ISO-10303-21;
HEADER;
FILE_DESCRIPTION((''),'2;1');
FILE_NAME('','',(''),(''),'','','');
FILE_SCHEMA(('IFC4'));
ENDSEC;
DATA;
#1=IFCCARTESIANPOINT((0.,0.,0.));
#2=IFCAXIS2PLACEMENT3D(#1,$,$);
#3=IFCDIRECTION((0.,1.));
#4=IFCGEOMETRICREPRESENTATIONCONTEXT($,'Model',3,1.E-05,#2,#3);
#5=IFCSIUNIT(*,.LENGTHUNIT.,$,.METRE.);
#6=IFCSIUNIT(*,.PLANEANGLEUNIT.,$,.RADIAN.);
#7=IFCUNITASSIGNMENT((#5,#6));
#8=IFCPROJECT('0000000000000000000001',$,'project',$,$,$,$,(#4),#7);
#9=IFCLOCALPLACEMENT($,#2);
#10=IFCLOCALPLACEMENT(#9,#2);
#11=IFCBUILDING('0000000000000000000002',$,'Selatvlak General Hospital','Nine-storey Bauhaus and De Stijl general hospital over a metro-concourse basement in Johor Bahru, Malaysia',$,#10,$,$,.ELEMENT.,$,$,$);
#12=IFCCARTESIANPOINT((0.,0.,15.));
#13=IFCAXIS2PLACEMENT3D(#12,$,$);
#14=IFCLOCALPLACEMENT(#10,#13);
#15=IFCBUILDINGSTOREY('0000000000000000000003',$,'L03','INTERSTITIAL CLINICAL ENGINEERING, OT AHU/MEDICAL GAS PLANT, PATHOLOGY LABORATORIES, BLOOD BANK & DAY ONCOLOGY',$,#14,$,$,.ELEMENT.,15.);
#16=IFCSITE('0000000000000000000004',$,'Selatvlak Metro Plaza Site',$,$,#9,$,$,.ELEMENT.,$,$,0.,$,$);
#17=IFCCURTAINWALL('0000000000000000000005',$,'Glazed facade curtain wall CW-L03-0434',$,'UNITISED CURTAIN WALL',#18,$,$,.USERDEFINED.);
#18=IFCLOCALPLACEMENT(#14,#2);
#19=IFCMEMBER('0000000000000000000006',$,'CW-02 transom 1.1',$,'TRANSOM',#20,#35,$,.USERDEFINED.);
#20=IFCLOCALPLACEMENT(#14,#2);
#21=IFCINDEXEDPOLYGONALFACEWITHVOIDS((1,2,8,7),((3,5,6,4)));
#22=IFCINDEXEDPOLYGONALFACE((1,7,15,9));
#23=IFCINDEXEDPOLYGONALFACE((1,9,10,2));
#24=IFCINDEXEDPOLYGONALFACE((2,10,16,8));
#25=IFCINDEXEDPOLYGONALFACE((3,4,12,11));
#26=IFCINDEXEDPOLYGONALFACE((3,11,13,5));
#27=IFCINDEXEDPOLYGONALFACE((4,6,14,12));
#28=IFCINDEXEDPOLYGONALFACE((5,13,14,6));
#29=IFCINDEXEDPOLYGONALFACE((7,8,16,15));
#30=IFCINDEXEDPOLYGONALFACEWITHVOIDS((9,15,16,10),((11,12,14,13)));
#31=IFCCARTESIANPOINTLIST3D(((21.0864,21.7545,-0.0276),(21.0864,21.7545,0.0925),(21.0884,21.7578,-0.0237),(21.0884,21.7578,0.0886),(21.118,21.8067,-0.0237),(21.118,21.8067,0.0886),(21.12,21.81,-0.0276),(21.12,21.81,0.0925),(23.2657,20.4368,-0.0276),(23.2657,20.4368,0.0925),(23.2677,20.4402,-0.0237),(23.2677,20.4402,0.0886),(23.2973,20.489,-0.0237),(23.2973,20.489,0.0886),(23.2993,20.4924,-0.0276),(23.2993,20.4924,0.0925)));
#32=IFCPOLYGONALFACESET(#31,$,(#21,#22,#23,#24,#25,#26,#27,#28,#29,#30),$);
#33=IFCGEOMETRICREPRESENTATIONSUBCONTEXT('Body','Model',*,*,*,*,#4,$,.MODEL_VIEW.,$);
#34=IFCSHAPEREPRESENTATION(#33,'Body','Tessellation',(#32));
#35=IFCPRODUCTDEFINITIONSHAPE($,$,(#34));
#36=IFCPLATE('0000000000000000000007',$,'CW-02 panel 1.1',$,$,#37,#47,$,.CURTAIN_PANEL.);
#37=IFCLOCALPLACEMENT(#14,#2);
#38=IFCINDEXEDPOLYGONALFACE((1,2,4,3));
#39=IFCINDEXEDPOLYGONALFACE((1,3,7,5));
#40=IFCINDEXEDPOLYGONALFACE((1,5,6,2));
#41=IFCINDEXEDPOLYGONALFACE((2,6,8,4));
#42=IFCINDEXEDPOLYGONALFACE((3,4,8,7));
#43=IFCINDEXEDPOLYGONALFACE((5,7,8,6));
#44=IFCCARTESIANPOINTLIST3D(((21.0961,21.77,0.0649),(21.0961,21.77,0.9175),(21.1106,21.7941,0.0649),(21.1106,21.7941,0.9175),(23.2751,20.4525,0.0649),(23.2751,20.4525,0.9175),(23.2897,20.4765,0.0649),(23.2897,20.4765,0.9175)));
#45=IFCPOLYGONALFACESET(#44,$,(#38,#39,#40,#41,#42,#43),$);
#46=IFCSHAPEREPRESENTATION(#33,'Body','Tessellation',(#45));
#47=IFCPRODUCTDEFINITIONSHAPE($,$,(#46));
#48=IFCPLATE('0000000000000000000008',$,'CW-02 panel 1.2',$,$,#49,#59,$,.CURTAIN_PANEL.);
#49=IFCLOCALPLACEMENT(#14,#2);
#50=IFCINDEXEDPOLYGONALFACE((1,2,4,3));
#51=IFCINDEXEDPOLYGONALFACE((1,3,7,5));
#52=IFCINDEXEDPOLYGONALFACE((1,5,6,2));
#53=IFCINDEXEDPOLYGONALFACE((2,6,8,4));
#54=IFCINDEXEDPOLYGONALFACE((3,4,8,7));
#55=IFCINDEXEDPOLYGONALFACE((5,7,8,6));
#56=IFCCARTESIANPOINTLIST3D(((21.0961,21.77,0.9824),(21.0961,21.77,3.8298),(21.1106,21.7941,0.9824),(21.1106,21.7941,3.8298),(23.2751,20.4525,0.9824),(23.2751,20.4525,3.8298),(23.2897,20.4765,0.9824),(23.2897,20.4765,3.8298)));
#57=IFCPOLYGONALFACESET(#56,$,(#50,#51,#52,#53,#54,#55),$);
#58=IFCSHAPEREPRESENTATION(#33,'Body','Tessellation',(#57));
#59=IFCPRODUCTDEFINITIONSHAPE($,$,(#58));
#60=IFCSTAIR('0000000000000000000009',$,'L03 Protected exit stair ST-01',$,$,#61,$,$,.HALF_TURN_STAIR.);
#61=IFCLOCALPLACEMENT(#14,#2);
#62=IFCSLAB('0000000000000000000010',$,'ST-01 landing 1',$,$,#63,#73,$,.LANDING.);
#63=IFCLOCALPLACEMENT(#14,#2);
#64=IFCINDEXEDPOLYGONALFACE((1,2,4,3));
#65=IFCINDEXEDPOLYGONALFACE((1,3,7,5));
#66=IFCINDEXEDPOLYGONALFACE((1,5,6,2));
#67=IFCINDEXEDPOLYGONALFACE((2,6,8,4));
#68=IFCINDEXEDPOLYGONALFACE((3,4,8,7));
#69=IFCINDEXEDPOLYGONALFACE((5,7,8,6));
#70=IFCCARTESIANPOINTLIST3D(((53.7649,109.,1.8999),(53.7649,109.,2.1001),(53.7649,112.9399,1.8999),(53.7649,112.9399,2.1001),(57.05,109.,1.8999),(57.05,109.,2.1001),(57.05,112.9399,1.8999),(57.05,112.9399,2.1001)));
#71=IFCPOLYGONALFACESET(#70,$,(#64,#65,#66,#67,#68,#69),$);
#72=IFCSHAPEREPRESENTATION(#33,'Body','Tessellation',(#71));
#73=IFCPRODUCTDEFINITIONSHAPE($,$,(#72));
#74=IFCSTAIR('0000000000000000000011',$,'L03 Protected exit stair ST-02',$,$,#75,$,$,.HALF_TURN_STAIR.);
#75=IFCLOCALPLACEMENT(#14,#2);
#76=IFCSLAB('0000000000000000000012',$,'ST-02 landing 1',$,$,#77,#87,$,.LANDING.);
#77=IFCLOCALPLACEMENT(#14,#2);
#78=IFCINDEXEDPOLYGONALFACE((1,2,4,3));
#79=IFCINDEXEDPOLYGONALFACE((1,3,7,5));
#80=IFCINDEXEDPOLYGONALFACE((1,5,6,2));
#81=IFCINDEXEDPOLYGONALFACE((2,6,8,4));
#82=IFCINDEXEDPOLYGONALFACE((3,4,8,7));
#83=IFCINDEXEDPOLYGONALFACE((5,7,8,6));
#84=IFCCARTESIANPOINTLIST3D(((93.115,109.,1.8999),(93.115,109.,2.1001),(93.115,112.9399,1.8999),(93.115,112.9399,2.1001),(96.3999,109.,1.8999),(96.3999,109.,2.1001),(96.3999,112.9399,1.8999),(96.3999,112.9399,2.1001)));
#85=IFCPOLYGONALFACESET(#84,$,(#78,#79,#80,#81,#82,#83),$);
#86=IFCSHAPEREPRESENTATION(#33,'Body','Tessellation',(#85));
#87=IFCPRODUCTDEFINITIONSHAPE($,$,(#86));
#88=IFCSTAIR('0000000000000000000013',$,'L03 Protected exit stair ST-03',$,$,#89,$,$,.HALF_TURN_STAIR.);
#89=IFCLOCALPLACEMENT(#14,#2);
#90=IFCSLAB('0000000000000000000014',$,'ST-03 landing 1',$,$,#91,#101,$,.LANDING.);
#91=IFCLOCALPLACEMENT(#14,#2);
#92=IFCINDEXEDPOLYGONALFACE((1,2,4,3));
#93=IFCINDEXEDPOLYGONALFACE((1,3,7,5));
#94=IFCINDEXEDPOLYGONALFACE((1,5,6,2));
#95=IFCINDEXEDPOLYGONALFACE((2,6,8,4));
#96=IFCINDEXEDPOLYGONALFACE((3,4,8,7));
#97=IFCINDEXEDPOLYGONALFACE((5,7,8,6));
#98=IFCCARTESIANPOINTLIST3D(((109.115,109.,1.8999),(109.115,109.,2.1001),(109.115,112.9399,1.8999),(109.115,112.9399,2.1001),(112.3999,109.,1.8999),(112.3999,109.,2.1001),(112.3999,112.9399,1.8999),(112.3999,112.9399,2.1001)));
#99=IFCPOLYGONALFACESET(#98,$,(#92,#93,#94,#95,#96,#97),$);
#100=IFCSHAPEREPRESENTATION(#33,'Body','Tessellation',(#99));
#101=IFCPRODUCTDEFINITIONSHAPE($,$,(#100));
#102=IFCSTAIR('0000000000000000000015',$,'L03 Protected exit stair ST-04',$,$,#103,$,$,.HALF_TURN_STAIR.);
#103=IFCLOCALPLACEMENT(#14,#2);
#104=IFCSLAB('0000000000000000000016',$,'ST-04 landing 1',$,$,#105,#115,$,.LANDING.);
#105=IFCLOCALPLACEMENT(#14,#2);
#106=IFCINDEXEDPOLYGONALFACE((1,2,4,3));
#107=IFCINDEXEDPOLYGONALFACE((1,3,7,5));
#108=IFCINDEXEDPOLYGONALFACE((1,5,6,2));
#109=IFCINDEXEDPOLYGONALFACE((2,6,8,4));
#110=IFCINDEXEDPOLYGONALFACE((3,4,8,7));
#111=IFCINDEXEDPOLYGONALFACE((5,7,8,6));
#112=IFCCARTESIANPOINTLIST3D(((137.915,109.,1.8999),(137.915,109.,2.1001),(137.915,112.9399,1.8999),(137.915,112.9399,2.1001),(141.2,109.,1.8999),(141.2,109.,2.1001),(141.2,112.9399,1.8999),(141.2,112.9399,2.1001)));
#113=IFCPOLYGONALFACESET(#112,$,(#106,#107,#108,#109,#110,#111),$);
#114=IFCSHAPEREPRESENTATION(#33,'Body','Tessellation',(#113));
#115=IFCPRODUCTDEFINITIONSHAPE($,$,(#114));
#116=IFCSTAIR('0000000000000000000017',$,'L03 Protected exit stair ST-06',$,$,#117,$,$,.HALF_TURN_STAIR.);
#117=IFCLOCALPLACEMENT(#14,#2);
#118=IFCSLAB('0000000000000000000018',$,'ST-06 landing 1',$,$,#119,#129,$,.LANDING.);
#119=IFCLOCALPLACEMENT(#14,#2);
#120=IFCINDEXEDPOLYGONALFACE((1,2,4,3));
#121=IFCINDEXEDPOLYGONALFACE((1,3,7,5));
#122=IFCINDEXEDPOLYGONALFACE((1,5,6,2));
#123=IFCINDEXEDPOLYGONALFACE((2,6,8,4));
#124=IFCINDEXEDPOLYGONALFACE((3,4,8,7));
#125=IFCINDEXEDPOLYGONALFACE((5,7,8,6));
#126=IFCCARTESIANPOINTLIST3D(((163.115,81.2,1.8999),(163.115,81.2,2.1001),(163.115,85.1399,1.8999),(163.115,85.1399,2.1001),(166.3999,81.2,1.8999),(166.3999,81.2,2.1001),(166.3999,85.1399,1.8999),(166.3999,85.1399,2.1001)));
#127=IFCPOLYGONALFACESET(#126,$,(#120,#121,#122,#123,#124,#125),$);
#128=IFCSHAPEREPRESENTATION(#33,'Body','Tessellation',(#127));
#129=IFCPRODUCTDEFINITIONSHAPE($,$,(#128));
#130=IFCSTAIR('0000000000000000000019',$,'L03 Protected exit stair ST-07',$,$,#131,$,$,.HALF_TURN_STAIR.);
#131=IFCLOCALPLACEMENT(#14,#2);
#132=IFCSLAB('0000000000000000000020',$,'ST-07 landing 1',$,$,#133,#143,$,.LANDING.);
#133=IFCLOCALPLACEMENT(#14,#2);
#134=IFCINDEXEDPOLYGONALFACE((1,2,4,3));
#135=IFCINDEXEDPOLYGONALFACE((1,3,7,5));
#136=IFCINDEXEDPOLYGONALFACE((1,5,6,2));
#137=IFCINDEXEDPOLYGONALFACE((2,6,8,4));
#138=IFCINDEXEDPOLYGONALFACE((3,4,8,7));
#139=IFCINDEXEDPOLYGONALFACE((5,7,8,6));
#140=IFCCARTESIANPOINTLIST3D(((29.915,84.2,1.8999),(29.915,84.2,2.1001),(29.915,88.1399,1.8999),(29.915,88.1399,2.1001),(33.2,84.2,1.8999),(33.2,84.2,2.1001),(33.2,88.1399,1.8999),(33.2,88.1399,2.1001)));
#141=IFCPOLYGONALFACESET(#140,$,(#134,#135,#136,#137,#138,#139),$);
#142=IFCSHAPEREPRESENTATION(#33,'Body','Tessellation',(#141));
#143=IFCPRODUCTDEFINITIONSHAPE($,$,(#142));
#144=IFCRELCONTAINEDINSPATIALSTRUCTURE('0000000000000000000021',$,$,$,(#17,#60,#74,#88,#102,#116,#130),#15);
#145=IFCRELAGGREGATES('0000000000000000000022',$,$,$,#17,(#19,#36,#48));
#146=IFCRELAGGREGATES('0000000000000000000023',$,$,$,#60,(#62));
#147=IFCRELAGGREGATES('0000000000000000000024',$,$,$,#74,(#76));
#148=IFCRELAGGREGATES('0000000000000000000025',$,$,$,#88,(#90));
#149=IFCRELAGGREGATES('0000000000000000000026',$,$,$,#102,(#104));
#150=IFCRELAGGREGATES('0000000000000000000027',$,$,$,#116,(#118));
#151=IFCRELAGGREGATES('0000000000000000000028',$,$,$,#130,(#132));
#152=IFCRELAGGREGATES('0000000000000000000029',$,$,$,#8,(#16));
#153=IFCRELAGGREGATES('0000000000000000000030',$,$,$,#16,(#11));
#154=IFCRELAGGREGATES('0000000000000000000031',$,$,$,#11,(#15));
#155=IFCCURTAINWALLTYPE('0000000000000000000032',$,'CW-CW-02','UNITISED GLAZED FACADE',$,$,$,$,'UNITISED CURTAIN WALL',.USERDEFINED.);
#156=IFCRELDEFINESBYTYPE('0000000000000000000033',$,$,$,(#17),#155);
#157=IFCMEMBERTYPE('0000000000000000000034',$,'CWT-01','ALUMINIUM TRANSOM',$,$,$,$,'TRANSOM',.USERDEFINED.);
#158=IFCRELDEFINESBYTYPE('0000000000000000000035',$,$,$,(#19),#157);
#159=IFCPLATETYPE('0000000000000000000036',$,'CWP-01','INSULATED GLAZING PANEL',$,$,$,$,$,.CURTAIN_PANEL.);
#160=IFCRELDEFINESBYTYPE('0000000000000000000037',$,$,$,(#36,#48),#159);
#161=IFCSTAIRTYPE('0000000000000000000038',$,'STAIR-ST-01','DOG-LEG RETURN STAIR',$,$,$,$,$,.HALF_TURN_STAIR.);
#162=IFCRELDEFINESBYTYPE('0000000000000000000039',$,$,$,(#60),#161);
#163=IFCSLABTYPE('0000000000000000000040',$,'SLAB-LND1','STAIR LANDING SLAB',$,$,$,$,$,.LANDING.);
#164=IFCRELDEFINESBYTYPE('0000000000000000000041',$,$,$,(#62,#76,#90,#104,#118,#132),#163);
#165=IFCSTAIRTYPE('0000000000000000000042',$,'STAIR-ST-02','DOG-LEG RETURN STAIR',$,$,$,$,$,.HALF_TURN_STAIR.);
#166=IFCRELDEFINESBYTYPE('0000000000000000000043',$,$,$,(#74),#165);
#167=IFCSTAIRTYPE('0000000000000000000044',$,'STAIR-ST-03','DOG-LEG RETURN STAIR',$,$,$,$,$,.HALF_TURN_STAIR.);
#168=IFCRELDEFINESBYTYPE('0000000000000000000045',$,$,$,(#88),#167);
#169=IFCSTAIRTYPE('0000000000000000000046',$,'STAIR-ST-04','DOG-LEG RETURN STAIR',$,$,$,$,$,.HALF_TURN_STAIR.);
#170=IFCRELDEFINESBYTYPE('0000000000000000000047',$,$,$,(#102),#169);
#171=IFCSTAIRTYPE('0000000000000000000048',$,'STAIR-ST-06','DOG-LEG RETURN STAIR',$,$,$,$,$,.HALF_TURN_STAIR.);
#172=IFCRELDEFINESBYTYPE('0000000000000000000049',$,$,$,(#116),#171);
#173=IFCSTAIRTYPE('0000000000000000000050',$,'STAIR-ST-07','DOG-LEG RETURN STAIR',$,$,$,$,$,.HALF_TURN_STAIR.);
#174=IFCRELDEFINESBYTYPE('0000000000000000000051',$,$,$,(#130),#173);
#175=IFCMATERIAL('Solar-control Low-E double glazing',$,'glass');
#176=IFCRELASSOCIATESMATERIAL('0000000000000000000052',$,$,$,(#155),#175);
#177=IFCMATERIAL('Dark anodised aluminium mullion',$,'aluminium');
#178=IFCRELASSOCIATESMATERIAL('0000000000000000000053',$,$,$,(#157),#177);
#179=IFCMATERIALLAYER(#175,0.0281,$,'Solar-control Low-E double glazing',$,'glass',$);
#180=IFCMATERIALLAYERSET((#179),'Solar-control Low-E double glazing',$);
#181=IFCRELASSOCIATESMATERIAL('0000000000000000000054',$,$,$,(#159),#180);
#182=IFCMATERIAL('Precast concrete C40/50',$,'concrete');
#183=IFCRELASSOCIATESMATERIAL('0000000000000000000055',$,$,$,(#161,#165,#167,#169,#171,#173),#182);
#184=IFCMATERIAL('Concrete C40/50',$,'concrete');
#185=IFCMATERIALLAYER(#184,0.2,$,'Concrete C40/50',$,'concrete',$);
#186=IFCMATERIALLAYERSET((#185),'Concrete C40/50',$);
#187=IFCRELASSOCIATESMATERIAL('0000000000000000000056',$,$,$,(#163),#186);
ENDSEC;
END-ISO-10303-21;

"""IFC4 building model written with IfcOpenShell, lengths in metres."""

from ifc_helpers import new_model, si_unit, direction, frame, origin, origin_2d, place, context, subcontext, project, spatial, polyline, rectangle, hollow_rectangle, outline, extrude, material, layer, layer_set, material_profile, profile_set, type_object, element, aggregate, save


model = new_model("IFC4")

# Units and contexts
model_context = context("Model", 3, precision=1e-05, world=origin(), true_north=direction((0.0, 1.0)))
body_context = subcontext(model_context, "Body", "Model", "MODEL_VIEW")
ifc_project = project(units=[si_unit("LENGTHUNIT", "METRE"), si_unit("PLANEANGLEUNIT", "RADIAN")], contexts=[model_context])

# Site, building, storey
site_placement = place(None, origin())
site = spatial("IfcSite", under=ifc_project, at=site_placement, Name="Selatvlak Metro Plaza Site", CompositionType="ELEMENT", RefElevation=0.0)
building_placement = place(site_placement, origin())
building = spatial("IfcBuilding", under=site, at=building_placement, Name="Selatvlak General Hospital", Description="Nine-storey Bauhaus and De Stijl general hospital over a metro-concourse basement in Johor Bahru, Malaysia", CompositionType="ELEMENT")
storey_placement = place(building_placement, frame((0.0, 0.0, 15.0)))
storey = spatial("IfcBuildingStorey", under=building, at=storey_placement, Name="L03", Description="INTERSTITIAL CLINICAL ENGINEERING, OT AHU/MEDICAL GAS PLANT, PATHOLOGY LABORATORIES, BLOOD BANK & DAY ONCOLOGY", CompositionType="ELEMENT", Elevation=15.0)

# Curtain wall, member, plates
ifc_material_1 = material(Name="Solar-control Low-E double glazing", Category="glass")
curtain_wall_type = type_object("IfcCurtainWallType", Name="CW-CW-02", Description="UNITISED GLAZED FACADE", ElementType="UNITISED CURTAIN WALL", PredefinedType="USERDEFINED", material=ifc_material_1)
curtain_wall_placement = place(storey_placement, origin())
curtain_wall = element("IfcCurtainWall", 1, at=curtain_wall_placement, inside=storey, type_object=curtain_wall_type, Name="Glazed facade curtain wall CW-L03-0434", ObjectType="UNITISED CURTAIN WALL", PredefinedType="USERDEFINED")
ifc_material_2 = material(Name="Dark anodised aluminium mullion", Category="aluminium")
ifc_material_profile = material_profile(ifc_material_2, hollow_rectangle(XDim=0.0649, YDim=0.1201, WallThickness=0.0039, at=origin_2d()), Name="AL-TRN 65x120x4")
ifc_profile_set = profile_set([ifc_material_profile], Name="Dark anodised aluminium mullion")
member_type = type_object("IfcMemberType", Name="CWT-01", Description="ALUMINIUM TRANSOM", ElementType="TRANSOM", PredefinedType="USERDEFINED", material=ifc_profile_set)
member_placement = place(storey_placement, frame((23.2825, 20.4646, 0.0325), z_axis=(-0.855737, 0.517411, 0.0), x_axis=(-0.517411, -0.855737, 0.0)))
member = element("IfcMember", 2, at=member_placement, type_object=member_type, Name="CW-02 transom 1.1", ObjectType="TRANSOM", PredefinedType="USERDEFINED", context=body_context, shape_type="SweptSolid", body=[
    extrude(hollow_rectangle(XDim=0.0649, YDim=0.1201, WallThickness=0.0039, at=origin_2d()), origin(), (0.0, 0.0, 1.0), 2.5466),
])
ifc_layer_1 = layer(ifc_material_1, 0.0281, Name="Solar-control Low-E double glazing", Category="glass")
ifc_layer_set_1 = layer_set([ifc_layer_1], Name="Solar-control Low-E double glazing")
plate_type = type_object("IfcPlateType", Name="CWP-01", Description="INSULATED GLAZING PANEL", PredefinedType="CURTAIN_PANEL", material=ifc_layer_set_1)
plate_1_placement = place(storey_placement, frame((22.1929, 21.1233, 0.0649), z_axis=(0.0, 0.0, 1.0), x_axis=(-0.855736, 0.517413, 0.0)))
plate_1 = element("IfcPlate", 3, at=plate_1_placement, type_object=plate_type, Name="CW-02 panel 1.1", PredefinedType="CURTAIN_PANEL", context=body_context, shape_type="SweptSolid", body=[
    extrude(rectangle(XDim=2.5464, YDim=0.0281, at=origin_2d()), origin(), (0.0, 0.0, 1.0), 0.8525),
])
plate_2_placement = place(storey_placement, frame((22.1929, 21.1233, 0.9824), z_axis=(0.0, 0.0, 1.0), x_axis=(-0.855736, 0.517413, 0.0)))
plate_2 = element("IfcPlate", 4, at=plate_2_placement, type_object=plate_type, Name="CW-02 panel 1.2", PredefinedType="CURTAIN_PANEL", context=body_context, shape_type="SweptSolid", body=[
    extrude(rectangle(XDim=2.5464, YDim=0.0281, at=origin_2d()), origin(), (0.0, 0.0, 1.0), 2.8474),
])
aggregate(curtain_wall, [member, plate_1, plate_2])

# Stairs, slabs
ifc_material_3 = material(Name="Precast concrete C40/50", Category="concrete")
stair_type_1 = type_object("IfcStairType", Name="STAIR-ST-01", Description="DOG-LEG RETURN STAIR", PredefinedType="HALF_TURN_STAIR", material=ifc_material_3)
stair_1_placement = place(storey_placement, origin())
stair_1 = element("IfcStair", 5, at=stair_1_placement, inside=storey, type_object=stair_type_1, Name="L03 Protected exit stair ST-01", PredefinedType="HALF_TURN_STAIR")
ifc_material_4 = material(Name="Concrete C40/50", Category="concrete")
ifc_layer_2 = layer(ifc_material_4, 0.2, Name="Concrete C40/50", Category="concrete")
ifc_layer_set_2 = layer_set([ifc_layer_2], Name="Concrete C40/50")
slab_type_1 = type_object("IfcSlabType", Name="SLAB-LND1", Description="STAIR LANDING SLAB", PredefinedType="LANDING", material=ifc_layer_set_2)
slab_1_placement = place(storey_placement, frame((0.0, 0.0, 1.8999)))
slab_1 = element("IfcSlab", 6, at=slab_1_placement, type_object=slab_type_1, Name="ST-01 landing 1", PredefinedType="LANDING", context=body_context, shape_type="SweptSolid", body=[
    extrude(outline(polyline([(53.7649, 109.0), (57.05, 109.0), (57.05, 112.9399), (53.7649, 112.9399), (53.7649, 109.0)])), origin(), (0.0, 0.0, 1.0), 0.2002),
])
aggregate(stair_1, [slab_1])
stair_type_2 = type_object("IfcStairType", Name="STAIR-ST-02", Description="DOG-LEG RETURN STAIR", PredefinedType="HALF_TURN_STAIR", material=ifc_material_3)
stair_2_placement = place(storey_placement, origin())
stair_2 = element("IfcStair", 7, at=stair_2_placement, inside=storey, type_object=stair_type_2, Name="L03 Protected exit stair ST-02", PredefinedType="HALF_TURN_STAIR")
slab_2_placement = place(storey_placement, frame((0.0, 0.0, 1.8999)))
slab_2 = element("IfcSlab", 8, at=slab_2_placement, type_object=slab_type_1, Name="ST-02 landing 1", PredefinedType="LANDING", context=body_context, shape_type="SweptSolid", body=[
    extrude(outline(polyline([(93.115, 109.0), (96.3999, 109.0), (96.3999, 112.9399), (93.115, 112.9399), (93.115, 109.0)])), origin(), (0.0, 0.0, 1.0), 0.2002),
])
aggregate(stair_2, [slab_2])
stair_type_3 = type_object("IfcStairType", Name="STAIR-ST-03", Description="DOG-LEG RETURN STAIR", PredefinedType="HALF_TURN_STAIR", material=ifc_material_3)
stair_3_placement = place(storey_placement, origin())
stair_3 = element("IfcStair", 9, at=stair_3_placement, inside=storey, type_object=stair_type_3, Name="L03 Protected exit stair ST-03", PredefinedType="HALF_TURN_STAIR")
slab_3_placement = place(storey_placement, frame((0.0, 0.0, 1.8999)))
slab_3 = element("IfcSlab", 10, at=slab_3_placement, type_object=slab_type_1, Name="ST-03 landing 1", PredefinedType="LANDING", context=body_context, shape_type="SweptSolid", body=[
    extrude(outline(polyline([(109.115, 109.0), (112.3999, 109.0), (112.3999, 112.9399), (109.115, 112.9399), (109.115, 109.0)])), origin(), (0.0, 0.0, 1.0), 0.2002),
])
aggregate(stair_3, [slab_3])
stair_type_4 = type_object("IfcStairType", Name="STAIR-ST-04", Description="DOG-LEG RETURN STAIR", PredefinedType="HALF_TURN_STAIR", material=ifc_material_3)
stair_4_placement = place(storey_placement, origin())
stair_4 = element("IfcStair", 11, at=stair_4_placement, inside=storey, type_object=stair_type_4, Name="L03 Protected exit stair ST-04", PredefinedType="HALF_TURN_STAIR")
slab_4_placement = place(storey_placement, frame((0.0, 0.0, 1.8999)))
slab_4 = element("IfcSlab", 12, at=slab_4_placement, type_object=slab_type_1, Name="ST-04 landing 1", PredefinedType="LANDING", context=body_context, shape_type="SweptSolid", body=[
    extrude(outline(polyline([(137.915, 109.0), (141.2, 109.0), (141.2, 112.9399), (137.915, 112.9399), (137.915, 109.0)])), origin(), (0.0, 0.0, 1.0), 0.2002),
])
aggregate(stair_4, [slab_4])
stair_type_5 = type_object("IfcStairType", Name="STAIR-ST-06", Description="DOG-LEG RETURN STAIR", PredefinedType="HALF_TURN_STAIR", material=ifc_material_3)
stair_5_placement = place(storey_placement, origin())
stair_5 = element("IfcStair", 13, at=stair_5_placement, inside=storey, type_object=stair_type_5, Name="L03 Protected exit stair ST-06", PredefinedType="HALF_TURN_STAIR")
slab_5_placement = place(storey_placement, frame((0.0, 0.0, 1.8999)))
slab_5 = element("IfcSlab", 14, at=slab_5_placement, type_object=slab_type_1, Name="ST-06 landing 1", PredefinedType="LANDING", context=body_context, shape_type="SweptSolid", body=[
    extrude(outline(polyline([(163.115, 81.2), (166.3999, 81.2), (166.3999, 85.1399), (163.115, 85.1399), (163.115, 81.2)])), origin(), (0.0, 0.0, 1.0), 0.2002),
])
aggregate(stair_5, [slab_5])
stair_type_6 = type_object("IfcStairType", Name="STAIR-ST-07", Description="DOG-LEG RETURN STAIR", PredefinedType="HALF_TURN_STAIR", material=ifc_material_3)
stair_6_placement = place(storey_placement, origin())
stair_6 = element("IfcStair", 15, at=stair_6_placement, inside=storey, type_object=stair_type_6, Name="L03 Protected exit stair ST-07", PredefinedType="HALF_TURN_STAIR")
slab_6_placement = place(storey_placement, frame((0.0, 0.0, 1.8999)))
slab_6 = element("IfcSlab", 16, at=slab_6_placement, type_object=slab_type_1, Name="ST-07 landing 1", PredefinedType="LANDING", context=body_context, shape_type="SweptSolid", body=[
    extrude(outline(polyline([(29.915, 84.2), (33.2, 84.2), (33.2, 88.1399), (29.915, 88.1399), (29.915, 84.2)])), origin(), (0.0, 0.0, 1.0), 0.2002),
])
aggregate(stair_6, [slab_6])

save(model, "model.ifc")
